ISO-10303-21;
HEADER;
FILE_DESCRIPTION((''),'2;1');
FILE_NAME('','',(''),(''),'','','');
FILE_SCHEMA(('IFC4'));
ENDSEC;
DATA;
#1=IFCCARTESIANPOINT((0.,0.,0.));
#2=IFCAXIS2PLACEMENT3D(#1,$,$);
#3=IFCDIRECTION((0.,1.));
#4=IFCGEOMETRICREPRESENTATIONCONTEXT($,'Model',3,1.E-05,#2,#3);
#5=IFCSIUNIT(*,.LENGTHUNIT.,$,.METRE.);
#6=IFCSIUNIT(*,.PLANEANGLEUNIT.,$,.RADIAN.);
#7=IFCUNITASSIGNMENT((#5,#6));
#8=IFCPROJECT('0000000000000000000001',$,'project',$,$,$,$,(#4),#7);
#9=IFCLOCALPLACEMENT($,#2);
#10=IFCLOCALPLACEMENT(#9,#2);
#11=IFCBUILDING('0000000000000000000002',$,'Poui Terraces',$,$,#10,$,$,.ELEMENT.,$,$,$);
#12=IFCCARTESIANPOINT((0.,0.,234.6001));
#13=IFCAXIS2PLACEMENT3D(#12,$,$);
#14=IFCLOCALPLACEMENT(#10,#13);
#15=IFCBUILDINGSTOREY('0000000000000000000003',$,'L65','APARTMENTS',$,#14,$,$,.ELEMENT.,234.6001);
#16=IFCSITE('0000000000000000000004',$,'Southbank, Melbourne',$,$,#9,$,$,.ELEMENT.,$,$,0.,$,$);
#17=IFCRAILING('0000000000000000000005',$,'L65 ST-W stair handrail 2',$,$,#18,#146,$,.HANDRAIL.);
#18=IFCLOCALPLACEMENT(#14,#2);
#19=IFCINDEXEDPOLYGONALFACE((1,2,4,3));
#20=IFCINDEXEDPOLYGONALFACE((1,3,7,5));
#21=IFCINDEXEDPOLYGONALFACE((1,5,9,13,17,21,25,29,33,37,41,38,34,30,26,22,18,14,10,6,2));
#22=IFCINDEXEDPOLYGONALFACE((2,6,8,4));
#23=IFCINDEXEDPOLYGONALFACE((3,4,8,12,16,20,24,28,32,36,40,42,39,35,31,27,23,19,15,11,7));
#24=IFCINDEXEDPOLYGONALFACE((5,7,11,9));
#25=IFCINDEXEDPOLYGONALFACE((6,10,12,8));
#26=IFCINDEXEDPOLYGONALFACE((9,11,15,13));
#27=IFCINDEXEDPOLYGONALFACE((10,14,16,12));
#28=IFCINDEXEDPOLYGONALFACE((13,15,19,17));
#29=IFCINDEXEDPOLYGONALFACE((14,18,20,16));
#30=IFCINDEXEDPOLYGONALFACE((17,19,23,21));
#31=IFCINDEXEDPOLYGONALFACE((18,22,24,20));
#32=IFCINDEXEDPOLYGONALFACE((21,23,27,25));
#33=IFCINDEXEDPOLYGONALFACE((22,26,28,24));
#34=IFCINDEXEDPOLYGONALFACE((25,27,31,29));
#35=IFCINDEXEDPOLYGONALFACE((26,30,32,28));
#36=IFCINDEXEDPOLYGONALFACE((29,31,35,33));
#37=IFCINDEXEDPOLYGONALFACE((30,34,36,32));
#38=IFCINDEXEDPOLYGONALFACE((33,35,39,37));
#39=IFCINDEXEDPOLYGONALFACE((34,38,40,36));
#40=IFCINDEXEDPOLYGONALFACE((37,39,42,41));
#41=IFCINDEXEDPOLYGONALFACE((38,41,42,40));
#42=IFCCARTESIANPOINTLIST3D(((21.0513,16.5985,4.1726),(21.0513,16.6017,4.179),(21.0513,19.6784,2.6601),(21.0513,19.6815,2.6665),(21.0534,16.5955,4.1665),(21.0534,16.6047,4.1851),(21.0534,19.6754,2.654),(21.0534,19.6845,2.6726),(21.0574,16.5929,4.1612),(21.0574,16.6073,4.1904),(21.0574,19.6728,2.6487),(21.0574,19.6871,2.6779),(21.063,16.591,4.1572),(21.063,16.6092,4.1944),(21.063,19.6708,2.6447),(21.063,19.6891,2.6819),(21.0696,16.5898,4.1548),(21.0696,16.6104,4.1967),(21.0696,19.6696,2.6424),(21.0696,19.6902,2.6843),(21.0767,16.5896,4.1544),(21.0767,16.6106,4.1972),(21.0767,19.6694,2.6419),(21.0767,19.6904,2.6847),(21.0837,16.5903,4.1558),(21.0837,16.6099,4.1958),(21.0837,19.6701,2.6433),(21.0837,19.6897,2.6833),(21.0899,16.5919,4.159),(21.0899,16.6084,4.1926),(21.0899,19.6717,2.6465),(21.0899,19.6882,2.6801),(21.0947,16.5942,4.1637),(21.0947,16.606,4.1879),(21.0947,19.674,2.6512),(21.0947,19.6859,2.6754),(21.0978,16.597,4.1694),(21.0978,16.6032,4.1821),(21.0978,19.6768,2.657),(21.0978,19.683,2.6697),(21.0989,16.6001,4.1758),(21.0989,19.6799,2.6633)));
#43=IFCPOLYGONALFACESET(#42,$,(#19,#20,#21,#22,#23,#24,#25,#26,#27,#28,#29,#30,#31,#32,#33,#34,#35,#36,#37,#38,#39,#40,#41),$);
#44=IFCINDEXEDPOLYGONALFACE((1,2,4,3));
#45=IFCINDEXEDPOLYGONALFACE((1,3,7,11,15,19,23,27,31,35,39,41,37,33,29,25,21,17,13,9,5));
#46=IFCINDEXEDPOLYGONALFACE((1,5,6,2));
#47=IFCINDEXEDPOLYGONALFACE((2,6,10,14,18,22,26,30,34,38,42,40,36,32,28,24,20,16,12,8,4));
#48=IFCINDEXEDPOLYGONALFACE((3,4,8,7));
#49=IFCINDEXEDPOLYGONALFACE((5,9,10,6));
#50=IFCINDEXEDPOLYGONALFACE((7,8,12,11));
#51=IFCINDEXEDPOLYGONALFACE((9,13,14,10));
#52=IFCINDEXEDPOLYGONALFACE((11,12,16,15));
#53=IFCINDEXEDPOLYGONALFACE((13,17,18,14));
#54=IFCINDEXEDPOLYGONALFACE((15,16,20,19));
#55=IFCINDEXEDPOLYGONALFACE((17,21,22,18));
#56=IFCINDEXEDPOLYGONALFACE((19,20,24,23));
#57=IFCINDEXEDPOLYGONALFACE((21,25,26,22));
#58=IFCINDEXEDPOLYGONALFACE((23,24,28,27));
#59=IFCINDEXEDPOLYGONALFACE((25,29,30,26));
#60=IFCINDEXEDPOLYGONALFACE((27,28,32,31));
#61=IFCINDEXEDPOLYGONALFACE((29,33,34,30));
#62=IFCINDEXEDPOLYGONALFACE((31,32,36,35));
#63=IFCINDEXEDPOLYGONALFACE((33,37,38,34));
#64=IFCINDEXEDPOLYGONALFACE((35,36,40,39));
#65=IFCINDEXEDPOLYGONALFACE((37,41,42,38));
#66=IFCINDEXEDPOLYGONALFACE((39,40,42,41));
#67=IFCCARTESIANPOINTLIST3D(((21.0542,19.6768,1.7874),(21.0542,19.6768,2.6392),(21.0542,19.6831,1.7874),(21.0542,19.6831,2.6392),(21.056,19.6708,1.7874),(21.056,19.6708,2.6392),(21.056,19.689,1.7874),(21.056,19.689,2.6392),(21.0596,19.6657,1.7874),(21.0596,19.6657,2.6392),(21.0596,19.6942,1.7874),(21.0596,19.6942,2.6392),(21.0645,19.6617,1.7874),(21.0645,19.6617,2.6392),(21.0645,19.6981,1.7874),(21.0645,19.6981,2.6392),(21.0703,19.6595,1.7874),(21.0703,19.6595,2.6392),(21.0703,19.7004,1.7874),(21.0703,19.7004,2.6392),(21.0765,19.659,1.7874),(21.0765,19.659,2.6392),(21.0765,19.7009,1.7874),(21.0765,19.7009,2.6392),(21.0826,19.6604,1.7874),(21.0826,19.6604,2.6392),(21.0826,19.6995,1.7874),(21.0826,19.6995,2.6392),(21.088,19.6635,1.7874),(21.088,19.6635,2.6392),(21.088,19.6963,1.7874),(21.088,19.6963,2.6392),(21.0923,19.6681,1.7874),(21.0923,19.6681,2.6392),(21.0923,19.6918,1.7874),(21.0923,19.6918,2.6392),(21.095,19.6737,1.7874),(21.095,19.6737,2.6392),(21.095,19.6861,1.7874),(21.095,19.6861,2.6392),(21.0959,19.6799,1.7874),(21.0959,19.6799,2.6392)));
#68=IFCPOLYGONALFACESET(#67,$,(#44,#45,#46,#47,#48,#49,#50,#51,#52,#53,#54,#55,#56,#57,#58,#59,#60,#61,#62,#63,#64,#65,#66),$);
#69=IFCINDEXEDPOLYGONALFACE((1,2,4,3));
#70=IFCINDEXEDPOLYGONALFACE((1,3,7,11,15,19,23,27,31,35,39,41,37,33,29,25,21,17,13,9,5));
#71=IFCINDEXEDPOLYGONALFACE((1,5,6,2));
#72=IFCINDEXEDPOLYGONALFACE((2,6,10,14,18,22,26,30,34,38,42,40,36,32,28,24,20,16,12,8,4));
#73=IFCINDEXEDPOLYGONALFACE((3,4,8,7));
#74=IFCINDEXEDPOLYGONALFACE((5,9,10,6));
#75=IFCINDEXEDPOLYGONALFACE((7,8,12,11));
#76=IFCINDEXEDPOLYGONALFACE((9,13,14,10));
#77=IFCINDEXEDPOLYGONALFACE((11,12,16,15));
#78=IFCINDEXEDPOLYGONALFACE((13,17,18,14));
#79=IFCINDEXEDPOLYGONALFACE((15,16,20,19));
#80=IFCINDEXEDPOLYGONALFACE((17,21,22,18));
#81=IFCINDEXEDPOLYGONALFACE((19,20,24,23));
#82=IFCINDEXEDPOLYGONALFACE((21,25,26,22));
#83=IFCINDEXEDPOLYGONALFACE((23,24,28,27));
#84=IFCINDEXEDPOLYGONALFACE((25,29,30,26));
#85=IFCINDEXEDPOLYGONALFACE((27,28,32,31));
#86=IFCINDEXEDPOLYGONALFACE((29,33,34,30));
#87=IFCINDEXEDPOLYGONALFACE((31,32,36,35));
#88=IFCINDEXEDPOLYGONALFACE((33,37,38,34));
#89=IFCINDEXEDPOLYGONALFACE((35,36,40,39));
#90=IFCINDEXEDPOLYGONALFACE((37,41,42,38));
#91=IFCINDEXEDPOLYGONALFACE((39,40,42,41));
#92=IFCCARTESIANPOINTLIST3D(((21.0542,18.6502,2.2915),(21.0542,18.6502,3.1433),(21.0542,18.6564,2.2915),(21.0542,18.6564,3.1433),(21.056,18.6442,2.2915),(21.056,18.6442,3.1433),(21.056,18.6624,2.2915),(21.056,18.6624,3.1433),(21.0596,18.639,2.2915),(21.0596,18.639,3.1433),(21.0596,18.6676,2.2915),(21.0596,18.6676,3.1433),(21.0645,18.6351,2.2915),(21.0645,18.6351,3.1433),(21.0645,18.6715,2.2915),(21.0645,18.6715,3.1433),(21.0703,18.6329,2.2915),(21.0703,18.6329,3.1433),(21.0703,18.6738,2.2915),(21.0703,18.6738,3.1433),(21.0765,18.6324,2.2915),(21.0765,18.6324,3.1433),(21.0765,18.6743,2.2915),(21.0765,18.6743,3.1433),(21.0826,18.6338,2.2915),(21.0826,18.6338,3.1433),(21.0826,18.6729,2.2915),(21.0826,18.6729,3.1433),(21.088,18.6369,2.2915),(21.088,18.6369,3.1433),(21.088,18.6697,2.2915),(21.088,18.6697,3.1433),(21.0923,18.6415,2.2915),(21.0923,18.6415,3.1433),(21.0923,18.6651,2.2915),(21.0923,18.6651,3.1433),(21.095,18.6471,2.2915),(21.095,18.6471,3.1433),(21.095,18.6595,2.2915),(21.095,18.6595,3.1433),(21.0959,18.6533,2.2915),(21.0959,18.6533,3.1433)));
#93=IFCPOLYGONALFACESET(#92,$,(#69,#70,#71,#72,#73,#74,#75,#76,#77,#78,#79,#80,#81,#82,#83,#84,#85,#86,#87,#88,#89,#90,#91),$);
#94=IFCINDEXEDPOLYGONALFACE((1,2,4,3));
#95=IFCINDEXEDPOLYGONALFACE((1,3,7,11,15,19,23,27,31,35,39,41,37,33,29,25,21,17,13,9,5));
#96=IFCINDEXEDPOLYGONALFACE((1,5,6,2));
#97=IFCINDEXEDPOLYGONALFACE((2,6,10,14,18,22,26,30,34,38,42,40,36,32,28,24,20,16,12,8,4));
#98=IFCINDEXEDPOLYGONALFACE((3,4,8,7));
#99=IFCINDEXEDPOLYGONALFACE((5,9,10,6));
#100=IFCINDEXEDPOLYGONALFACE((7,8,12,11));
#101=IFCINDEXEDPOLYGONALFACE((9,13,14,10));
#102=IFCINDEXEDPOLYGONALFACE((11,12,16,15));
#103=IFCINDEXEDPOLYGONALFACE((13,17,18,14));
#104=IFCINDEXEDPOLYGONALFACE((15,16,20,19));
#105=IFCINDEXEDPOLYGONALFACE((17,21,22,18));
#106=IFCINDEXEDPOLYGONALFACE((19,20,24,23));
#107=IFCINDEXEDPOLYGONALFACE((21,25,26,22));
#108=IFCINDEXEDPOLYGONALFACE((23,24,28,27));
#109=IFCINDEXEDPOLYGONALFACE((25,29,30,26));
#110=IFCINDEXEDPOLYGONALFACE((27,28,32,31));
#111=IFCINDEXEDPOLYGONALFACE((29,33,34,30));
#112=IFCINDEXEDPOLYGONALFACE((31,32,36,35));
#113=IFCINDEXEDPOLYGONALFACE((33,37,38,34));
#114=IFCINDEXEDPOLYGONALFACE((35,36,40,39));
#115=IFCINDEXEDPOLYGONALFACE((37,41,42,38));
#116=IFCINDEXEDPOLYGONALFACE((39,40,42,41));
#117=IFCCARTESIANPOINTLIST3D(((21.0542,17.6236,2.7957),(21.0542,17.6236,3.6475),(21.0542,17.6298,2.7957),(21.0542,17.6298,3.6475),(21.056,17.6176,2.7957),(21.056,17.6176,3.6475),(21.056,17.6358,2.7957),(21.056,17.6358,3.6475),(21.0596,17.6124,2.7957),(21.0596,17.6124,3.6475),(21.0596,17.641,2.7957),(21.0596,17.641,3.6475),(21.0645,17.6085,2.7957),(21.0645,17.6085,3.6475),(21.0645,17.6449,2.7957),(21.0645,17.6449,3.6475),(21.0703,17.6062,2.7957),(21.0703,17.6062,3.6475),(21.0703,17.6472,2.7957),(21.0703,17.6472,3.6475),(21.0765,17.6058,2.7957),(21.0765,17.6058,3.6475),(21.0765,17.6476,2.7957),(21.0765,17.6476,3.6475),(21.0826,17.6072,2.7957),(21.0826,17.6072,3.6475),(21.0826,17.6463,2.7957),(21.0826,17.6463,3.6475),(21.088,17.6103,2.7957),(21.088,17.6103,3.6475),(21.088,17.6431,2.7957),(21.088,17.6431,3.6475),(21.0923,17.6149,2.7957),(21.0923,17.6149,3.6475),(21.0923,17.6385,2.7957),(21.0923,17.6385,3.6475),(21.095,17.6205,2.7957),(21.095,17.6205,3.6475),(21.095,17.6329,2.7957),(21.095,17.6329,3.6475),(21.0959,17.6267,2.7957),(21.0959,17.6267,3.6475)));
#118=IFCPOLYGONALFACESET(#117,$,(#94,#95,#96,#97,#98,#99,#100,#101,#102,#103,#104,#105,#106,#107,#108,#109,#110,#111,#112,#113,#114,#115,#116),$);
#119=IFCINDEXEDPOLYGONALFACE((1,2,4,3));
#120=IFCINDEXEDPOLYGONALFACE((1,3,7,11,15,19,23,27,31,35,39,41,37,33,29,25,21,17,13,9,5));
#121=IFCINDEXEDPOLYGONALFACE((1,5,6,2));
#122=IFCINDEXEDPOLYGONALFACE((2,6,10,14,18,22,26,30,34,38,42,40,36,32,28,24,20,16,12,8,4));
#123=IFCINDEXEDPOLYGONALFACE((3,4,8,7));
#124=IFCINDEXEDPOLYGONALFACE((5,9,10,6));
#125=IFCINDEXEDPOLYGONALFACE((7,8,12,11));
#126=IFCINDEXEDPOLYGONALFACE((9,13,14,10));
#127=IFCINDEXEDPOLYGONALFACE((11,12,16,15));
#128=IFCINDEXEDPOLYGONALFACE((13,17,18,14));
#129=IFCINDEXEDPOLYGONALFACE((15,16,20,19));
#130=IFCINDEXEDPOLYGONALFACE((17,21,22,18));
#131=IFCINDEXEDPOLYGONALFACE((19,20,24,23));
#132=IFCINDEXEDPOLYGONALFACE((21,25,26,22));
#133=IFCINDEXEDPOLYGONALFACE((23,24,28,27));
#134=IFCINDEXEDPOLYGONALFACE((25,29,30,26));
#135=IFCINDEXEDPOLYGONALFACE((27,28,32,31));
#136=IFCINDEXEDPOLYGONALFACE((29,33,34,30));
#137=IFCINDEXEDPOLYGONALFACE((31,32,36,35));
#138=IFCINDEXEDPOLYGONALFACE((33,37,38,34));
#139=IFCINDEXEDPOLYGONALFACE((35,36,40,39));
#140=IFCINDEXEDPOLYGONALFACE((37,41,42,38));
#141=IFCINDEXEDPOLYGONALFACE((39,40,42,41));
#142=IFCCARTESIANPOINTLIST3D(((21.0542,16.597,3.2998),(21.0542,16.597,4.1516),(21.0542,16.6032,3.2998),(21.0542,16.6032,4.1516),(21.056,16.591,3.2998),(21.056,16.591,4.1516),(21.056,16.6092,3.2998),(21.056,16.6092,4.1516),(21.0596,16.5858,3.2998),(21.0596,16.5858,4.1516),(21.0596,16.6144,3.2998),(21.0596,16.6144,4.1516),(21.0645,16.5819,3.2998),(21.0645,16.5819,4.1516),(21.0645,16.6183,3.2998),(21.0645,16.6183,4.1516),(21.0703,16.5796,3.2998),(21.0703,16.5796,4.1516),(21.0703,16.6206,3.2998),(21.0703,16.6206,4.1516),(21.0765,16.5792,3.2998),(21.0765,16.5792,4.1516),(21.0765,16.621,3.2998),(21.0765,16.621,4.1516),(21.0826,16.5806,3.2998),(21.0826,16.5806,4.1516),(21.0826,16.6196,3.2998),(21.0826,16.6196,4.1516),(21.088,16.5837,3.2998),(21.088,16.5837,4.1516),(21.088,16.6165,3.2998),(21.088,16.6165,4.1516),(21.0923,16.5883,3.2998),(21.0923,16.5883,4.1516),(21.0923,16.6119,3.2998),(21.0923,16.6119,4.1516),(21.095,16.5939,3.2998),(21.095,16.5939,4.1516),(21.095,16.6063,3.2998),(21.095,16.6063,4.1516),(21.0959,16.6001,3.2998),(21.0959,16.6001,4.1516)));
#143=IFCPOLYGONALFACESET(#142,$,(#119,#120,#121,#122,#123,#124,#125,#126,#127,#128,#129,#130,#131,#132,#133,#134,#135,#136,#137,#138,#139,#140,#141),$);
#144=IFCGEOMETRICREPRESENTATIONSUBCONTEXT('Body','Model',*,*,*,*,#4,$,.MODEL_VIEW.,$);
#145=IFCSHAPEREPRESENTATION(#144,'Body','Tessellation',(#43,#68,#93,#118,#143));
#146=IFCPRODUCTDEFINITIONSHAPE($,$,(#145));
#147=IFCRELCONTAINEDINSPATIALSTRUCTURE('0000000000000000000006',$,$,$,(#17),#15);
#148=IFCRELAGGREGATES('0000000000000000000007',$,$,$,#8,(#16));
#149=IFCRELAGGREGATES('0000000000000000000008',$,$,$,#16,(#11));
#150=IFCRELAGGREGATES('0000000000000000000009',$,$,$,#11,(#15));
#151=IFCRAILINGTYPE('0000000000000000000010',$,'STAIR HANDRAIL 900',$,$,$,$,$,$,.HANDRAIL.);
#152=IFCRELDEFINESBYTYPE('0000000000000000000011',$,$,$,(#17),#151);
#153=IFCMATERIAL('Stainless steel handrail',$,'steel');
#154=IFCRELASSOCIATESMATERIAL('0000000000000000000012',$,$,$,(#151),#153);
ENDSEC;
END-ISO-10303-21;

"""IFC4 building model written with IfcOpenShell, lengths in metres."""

from ifc_helpers import new_model, si_unit, direction, frame, origin, origin_2d, place, context, subcontext, project, spatial, circle, extrude, material, type_object, element, save


model = new_model("IFC4")

# Units and contexts
model_context = context("Model", 3, precision=1e-05, world=origin(), true_north=direction((0.0, 1.0)))
body_context = subcontext(model_context, "Body", "Model", "MODEL_VIEW")
ifc_project = project(units=[si_unit("LENGTHUNIT", "METRE"), si_unit("PLANEANGLEUNIT", "RADIAN")], contexts=[model_context])

# Site, building, storey
site_placement = place(None, origin())
site = spatial("IfcSite", under=ifc_project, at=site_placement, Name="Southbank, Melbourne", CompositionType="ELEMENT", RefElevation=0.0)
building_placement = place(site_placement, origin())
building = spatial("IfcBuilding", under=site, at=building_placement, Name="Poui Terraces", CompositionType="ELEMENT")
storey_placement = place(building_placement, frame((0.0, 0.0, 234.6001)))
storey = spatial("IfcBuildingStorey", under=building, at=storey_placement, Name="L65", Description="APARTMENTS", CompositionType="ELEMENT", Elevation=234.6001)

# Railing
ifc_material_1 = material(Name="Stainless steel handrail", Category="steel")
railing_type_1 = type_object("IfcRailingType", Name="STAIR HANDRAIL 900", PredefinedType="HANDRAIL", material=ifc_material_1)
railing_1_placement = place(storey_placement, frame((21.075, 19.6799, 1.7874)))
element("IfcRailing", 1, at=railing_1_placement, inside=storey, type_object=railing_type_1, Name="L65 ST-W stair handrail 2", PredefinedType="HANDRAIL", context=body_context, shape_type="SweptSolid", body=[
    extrude(circle(Radius=0.0239, at=origin_2d()), frame((0.0, 0.0, 0.876), z_axis=(0.0, -0.897606, 0.440798), x_axis=(1.0, 0.0, 0.0)), (0.0, 0.0, 1.0), 3.4312),
    extrude(circle(Radius=0.021, at=origin_2d()), origin(), (0.0, 0.0, 1.0), 0.8518),
    extrude(circle(Radius=0.021, at=origin_2d()), frame((0.0, -1.0266, 0.5042)), (0.0, 0.0, 1.0), 0.8518),
    extrude(circle(Radius=0.021, at=origin_2d()), frame((0.0, -2.0532, 1.0083)), (0.0, 0.0, 1.0), 0.8518),
    extrude(circle(Radius=0.021, at=origin_2d()), frame((0.0, -3.0798, 1.5125)), (0.0, 0.0, 1.0), 0.8518),
])

save(model, "model.ifc")
